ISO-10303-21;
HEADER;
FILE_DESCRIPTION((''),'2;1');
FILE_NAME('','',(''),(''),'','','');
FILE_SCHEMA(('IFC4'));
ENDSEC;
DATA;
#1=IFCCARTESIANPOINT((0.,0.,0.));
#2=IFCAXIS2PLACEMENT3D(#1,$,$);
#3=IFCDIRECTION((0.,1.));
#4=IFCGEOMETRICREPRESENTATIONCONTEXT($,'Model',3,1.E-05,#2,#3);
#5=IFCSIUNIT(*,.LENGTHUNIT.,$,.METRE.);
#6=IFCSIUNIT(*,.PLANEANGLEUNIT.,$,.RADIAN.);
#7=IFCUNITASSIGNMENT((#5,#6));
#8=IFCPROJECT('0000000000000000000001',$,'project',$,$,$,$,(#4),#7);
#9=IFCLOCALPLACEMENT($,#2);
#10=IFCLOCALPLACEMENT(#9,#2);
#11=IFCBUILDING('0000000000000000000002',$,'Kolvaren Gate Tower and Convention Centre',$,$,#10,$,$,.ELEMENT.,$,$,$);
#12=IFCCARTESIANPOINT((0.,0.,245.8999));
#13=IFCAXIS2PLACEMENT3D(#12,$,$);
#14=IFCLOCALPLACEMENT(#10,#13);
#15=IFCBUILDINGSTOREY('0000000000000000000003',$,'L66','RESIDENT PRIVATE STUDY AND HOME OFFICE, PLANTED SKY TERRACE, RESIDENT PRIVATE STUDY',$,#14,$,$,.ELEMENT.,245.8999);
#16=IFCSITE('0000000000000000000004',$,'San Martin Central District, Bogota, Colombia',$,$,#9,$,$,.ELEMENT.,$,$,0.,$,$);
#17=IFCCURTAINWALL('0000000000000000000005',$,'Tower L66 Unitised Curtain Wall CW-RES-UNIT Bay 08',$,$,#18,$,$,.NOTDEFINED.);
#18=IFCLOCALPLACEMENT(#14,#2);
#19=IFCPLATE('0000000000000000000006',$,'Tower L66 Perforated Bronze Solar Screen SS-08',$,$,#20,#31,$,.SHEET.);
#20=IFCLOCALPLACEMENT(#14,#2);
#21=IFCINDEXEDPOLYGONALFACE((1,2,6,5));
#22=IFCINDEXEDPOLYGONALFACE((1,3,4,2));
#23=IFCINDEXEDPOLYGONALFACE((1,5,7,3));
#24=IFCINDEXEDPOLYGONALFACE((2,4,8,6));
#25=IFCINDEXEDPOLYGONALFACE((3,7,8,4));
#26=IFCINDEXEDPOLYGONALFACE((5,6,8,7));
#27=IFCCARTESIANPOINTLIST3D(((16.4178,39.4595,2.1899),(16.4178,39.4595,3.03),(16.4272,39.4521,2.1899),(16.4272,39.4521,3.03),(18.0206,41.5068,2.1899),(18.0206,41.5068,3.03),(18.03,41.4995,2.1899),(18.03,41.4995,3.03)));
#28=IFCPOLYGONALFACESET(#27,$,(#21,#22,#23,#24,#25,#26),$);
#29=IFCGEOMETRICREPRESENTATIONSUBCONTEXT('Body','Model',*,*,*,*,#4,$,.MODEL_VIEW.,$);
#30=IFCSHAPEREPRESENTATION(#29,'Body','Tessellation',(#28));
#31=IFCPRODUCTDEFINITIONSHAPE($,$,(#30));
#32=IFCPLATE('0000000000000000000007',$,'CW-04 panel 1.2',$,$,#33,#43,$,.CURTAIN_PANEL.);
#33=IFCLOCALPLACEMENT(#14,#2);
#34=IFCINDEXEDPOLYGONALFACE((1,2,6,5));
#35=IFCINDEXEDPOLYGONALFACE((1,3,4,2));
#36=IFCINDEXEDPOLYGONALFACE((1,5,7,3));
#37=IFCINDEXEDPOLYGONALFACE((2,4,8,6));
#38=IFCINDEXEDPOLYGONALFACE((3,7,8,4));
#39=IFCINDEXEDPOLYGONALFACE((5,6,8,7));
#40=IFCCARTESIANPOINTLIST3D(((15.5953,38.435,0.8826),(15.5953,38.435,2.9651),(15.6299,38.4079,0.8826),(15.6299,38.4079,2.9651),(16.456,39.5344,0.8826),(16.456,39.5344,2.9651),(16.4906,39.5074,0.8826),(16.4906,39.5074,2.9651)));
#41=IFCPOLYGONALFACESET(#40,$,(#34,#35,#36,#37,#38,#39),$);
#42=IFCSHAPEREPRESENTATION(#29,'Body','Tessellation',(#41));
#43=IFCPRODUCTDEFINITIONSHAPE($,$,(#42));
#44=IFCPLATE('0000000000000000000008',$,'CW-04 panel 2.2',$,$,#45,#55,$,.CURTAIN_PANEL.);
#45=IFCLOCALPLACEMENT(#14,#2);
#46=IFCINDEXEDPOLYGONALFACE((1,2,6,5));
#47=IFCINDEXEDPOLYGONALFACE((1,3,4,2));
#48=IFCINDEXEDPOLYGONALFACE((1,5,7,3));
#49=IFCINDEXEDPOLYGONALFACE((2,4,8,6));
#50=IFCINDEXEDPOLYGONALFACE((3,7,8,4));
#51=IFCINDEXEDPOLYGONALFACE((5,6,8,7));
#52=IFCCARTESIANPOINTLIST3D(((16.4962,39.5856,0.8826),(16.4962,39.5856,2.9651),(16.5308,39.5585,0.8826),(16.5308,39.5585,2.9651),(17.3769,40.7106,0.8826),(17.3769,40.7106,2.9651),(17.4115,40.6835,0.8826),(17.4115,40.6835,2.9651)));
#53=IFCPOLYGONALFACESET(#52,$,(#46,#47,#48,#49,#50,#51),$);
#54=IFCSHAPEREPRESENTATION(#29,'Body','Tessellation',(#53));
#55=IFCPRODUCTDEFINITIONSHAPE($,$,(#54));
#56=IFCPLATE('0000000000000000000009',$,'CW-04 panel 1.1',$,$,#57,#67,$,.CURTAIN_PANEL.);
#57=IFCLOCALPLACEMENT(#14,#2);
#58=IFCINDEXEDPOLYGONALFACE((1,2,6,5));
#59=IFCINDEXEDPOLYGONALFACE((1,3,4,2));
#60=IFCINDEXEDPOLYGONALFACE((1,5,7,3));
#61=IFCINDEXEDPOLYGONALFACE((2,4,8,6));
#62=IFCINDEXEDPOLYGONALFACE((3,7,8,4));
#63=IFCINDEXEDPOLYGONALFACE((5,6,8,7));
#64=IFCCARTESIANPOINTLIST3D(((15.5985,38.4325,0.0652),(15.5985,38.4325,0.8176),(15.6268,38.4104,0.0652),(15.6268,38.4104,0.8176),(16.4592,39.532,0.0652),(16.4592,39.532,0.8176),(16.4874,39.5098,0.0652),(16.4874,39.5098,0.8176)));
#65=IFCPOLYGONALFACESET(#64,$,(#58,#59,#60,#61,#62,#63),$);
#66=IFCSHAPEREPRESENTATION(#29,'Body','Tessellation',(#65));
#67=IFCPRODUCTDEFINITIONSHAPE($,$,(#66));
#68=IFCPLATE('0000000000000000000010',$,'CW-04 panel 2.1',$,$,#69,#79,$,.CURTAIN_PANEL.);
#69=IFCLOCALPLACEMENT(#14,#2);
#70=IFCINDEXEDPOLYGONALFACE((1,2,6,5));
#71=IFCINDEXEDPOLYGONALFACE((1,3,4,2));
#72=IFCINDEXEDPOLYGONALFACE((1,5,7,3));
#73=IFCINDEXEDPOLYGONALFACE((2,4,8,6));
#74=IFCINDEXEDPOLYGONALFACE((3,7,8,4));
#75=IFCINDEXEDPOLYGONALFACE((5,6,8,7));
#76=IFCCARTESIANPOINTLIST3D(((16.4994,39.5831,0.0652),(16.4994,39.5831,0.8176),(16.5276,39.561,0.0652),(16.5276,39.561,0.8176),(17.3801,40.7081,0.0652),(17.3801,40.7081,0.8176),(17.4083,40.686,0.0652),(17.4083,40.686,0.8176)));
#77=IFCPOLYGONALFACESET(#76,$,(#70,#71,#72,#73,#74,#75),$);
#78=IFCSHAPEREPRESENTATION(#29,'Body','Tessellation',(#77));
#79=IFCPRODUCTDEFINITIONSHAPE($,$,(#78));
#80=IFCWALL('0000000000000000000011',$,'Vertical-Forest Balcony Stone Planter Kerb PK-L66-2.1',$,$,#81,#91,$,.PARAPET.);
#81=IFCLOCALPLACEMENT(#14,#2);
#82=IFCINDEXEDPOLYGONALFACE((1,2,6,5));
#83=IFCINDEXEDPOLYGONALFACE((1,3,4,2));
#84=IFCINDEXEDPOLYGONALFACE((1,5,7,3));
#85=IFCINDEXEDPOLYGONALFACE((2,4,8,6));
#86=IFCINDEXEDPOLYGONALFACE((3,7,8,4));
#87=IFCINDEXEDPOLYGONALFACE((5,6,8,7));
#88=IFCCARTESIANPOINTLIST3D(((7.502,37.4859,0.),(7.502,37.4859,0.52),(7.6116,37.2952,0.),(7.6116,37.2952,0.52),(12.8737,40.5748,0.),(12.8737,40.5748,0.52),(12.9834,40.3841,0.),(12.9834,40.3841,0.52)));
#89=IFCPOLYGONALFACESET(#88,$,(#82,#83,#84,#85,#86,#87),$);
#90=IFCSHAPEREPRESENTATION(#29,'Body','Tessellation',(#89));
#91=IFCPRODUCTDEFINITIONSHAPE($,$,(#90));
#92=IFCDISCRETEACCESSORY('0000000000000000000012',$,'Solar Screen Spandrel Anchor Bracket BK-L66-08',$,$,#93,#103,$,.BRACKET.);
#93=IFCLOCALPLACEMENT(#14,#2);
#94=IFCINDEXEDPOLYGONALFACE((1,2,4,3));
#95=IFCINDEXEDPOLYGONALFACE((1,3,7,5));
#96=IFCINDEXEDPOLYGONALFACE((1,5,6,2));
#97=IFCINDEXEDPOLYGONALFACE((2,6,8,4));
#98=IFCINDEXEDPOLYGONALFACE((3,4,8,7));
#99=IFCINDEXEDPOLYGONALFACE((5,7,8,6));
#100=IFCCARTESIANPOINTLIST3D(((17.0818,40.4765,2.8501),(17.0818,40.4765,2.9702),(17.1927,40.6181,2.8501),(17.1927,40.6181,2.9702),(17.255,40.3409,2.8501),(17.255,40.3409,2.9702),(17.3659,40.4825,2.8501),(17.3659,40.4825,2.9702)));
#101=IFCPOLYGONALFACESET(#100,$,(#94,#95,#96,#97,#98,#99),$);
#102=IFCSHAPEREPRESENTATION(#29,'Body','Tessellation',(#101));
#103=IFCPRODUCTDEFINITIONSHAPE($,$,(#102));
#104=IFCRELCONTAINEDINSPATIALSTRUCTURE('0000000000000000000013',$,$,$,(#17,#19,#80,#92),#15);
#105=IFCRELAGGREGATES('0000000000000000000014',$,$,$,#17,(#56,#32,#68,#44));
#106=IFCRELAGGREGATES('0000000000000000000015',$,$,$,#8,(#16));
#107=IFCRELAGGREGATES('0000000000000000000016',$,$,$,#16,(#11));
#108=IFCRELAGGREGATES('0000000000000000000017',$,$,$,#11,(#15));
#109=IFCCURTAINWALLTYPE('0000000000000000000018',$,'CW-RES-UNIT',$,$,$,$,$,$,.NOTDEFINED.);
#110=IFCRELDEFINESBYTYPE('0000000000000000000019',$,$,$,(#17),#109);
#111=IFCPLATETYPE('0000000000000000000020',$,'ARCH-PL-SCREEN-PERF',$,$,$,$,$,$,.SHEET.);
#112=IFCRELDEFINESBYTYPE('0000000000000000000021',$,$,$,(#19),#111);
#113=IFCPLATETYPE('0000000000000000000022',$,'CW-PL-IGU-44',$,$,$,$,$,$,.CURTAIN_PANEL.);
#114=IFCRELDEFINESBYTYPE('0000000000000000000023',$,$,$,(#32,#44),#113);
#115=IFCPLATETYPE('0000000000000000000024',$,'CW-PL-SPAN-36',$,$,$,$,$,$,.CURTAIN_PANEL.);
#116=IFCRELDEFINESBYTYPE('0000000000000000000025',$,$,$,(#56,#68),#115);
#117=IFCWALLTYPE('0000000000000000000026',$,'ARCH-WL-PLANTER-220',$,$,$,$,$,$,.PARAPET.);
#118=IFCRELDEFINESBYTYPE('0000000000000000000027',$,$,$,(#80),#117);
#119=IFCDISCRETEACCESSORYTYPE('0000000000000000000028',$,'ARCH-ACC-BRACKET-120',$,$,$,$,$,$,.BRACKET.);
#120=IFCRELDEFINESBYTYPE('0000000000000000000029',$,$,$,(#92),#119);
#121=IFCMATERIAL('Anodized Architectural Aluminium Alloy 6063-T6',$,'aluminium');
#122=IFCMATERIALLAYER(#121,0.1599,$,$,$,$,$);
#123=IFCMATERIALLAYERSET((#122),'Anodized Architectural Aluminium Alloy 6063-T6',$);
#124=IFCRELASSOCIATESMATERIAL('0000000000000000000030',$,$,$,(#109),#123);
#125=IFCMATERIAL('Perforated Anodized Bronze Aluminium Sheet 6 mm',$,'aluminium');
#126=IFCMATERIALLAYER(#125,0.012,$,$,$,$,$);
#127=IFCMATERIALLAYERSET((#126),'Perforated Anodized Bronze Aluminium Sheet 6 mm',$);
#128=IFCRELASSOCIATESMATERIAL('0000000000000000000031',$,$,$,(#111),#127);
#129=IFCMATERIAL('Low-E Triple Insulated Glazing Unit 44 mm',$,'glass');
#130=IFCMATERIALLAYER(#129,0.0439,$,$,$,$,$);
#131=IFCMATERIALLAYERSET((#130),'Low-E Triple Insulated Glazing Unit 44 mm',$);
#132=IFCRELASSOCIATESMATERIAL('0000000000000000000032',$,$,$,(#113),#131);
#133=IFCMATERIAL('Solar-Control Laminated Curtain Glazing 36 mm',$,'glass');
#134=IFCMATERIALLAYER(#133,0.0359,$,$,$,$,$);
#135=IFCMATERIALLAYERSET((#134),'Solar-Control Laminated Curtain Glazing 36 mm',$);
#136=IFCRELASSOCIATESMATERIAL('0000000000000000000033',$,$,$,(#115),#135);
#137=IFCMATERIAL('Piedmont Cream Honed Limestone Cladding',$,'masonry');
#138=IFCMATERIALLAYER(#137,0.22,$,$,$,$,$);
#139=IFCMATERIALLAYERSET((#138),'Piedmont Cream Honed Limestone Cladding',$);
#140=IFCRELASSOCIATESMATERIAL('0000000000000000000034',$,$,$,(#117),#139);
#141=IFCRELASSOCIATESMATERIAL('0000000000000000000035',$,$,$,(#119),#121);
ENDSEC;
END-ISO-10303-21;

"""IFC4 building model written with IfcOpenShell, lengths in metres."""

from ifc_helpers import new_model, si_unit, direction, frame, frame_2d, origin, origin_2d, place, context, subcontext, project, spatial, rectangle, extrude, material, layer, layer_set, type_object, element, aggregate, save


model = new_model("IFC4")

# Units and contexts
model_context = context("Model", 3, precision=1e-05, world=origin(), true_north=direction((0.0, 1.0)))
body_context = subcontext(model_context, "Body", "Model", "MODEL_VIEW")
ifc_project = project(units=[si_unit("LENGTHUNIT", "METRE"), si_unit("PLANEANGLEUNIT", "RADIAN")], contexts=[model_context])

# Site, building, storey
site_placement = place(None, origin())
site = spatial("IfcSite", under=ifc_project, at=site_placement, Name="San Martin Central District, Bogota, Colombia", CompositionType="ELEMENT", RefElevation=0.0)
building_placement = place(site_placement, origin())
building = spatial("IfcBuilding", under=site, at=building_placement, Name="Kolvaren Gate Tower and Convention Centre", CompositionType="ELEMENT")
storey_placement = place(building_placement, frame((0.0, 0.0, 245.8999)))
storey = spatial("IfcBuildingStorey", under=building, at=storey_placement, Name="L66", Description="RESIDENT PRIVATE STUDY AND HOME OFFICE, PLANTED SKY TERRACE, RESIDENT PRIVATE STUDY", CompositionType="ELEMENT", Elevation=245.8999)

# Curtain wall
ifc_material_1 = material(Name="Anodized Architectural Aluminium Alloy 6063-T6", Category="aluminium")
ifc_layer_1 = layer(ifc_material_1, 0.1599)
ifc_layer_set_1 = layer_set([ifc_layer_1], Name="Anodized Architectural Aluminium Alloy 6063-T6")
curtain_wall_type = type_object("IfcCurtainWallType", Name="CW-RES-UNIT", PredefinedType="NOTDEFINED", material=ifc_layer_set_1)
curtain_wall_placement = place(storey_placement, origin())
curtain_wall = element("IfcCurtainWall", 1, at=curtain_wall_placement, inside=storey, type_object=curtain_wall_type, Name="Tower L66 Unitised Curtain Wall CW-RES-UNIT Bay 08", PredefinedType="NOTDEFINED")

# Plates
ifc_material_2 = material(Name="Perforated Anodized Bronze Aluminium Sheet 6 mm", Category="aluminium")
ifc_layer_2 = layer(ifc_material_2, 0.012)
ifc_layer_set_2 = layer_set([ifc_layer_2], Name="Perforated Anodized Bronze Aluminium Sheet 6 mm")
plate_type_1 = type_object("IfcPlateType", Name="ARCH-PL-SCREEN-PERF", PredefinedType="SHEET", material=ifc_layer_set_2)
plate_1_placement = place(storey_placement, frame((17.2239, 40.4795, 2.1899), z_axis=(0.0, 0.0, 1.0), x_axis=(0.616435, 0.787405, 0.0)))
element("IfcPlate", 2, at=plate_1_placement, inside=storey, type_object=plate_type_1, Name="Tower L66 Perforated Bronze Solar Screen SS-08", PredefinedType="SHEET", context=body_context, shape_type="SweptSolid", body=[
    extrude(rectangle(XDim=2.6001, YDim=0.012, at=origin_2d()), origin(), (0.0, 0.0, 1.0), 0.8401),
])
ifc_material_3 = material(Name="Low-E Triple Insulated Glazing Unit 44 mm", Category="glass")
ifc_layer_3 = layer(ifc_material_3, 0.0439)
ifc_layer_set_3 = layer_set([ifc_layer_3], Name="Low-E Triple Insulated Glazing Unit 44 mm")
plate_type_2 = type_object("IfcPlateType", Name="CW-PL-IGU-44", PredefinedType="CURTAIN_PANEL", material=ifc_layer_set_3)
plate_2_placement = place(storey_placement, frame((16.043, 38.9712, 0.8826), z_axis=(0.0, 0.0, 1.0), x_axis=(0.616425, 0.787414, 0.0)))
plate_2 = element("IfcPlate", 3, at=plate_2_placement, type_object=plate_type_2, Name="CW-04 panel 1.2", PredefinedType="CURTAIN_PANEL", context=body_context, shape_type="SweptSolid", body=[
    extrude(rectangle(XDim=1.3962, YDim=0.0439, at=origin_2d()), origin(), (0.0, 0.0, 1.0), 2.0825),
])
plate_3_placement = place(storey_placement, frame((16.9539, 40.1345, 0.8826), z_axis=(0.0, 0.0, 1.0), x_axis=(0.616425, 0.787414, 0.0)))
plate_3 = element("IfcPlate", 4, at=plate_3_placement, type_object=plate_type_2, Name="CW-04 panel 2.2", PredefinedType="CURTAIN_PANEL", context=body_context, shape_type="SweptSolid", body=[
    extrude(rectangle(XDim=1.4287, YDim=0.0439, at=origin_2d()), origin(), (0.0, 0.0, 1.0), 2.0825),
])
ifc_material_4 = material(Name="Solar-Control Laminated Curtain Glazing 36 mm", Category="glass")
ifc_layer_4 = layer(ifc_material_4, 0.0359)
ifc_layer_set_4 = layer_set([ifc_layer_4], Name="Solar-Control Laminated Curtain Glazing 36 mm")
plate_type_3 = type_object("IfcPlateType", Name="CW-PL-SPAN-36", PredefinedType="CURTAIN_PANEL", material=ifc_layer_set_4)
plate_4_placement = place(storey_placement, frame((16.043, 38.9712, 0.0652), z_axis=(0.0, 0.0, 1.0), x_axis=(0.616425, 0.787414, 0.0)))
plate_4 = element("IfcPlate", 5, at=plate_4_placement, type_object=plate_type_3, Name="CW-04 panel 1.1", PredefinedType="CURTAIN_PANEL", context=body_context, shape_type="SweptSolid", body=[
    extrude(rectangle(XDim=1.3962, YDim=0.0359, at=origin_2d()), origin(), (0.0, 0.0, 1.0), 0.7524),
])
plate_5_placement = place(storey_placement, frame((16.9539, 40.1345, 0.0652), z_axis=(0.0, 0.0, 1.0), x_axis=(0.616425, 0.787414, 0.0)))
plate_5 = element("IfcPlate", 6, at=plate_5_placement, type_object=plate_type_3, Name="CW-04 panel 2.1", PredefinedType="CURTAIN_PANEL", context=body_context, shape_type="SweptSolid", body=[
    extrude(rectangle(XDim=1.4287, YDim=0.0359, at=origin_2d()), origin(), (0.0, 0.0, 1.0), 0.7524),
])
aggregate(curtain_wall, [plate_4, plate_2, plate_5, plate_3])

# Wall
ifc_material_5 = material(Name="Piedmont Cream Honed Limestone Cladding", Category="masonry")
ifc_layer_5 = layer(ifc_material_5, 0.22)
ifc_layer_set_5 = layer_set([ifc_layer_5], Name="Piedmont Cream Honed Limestone Cladding")
wall_type = type_object("IfcWallType", Name="ARCH-WL-PLANTER-220", PredefinedType="PARAPET", material=ifc_layer_set_5)
wall_placement = place(storey_placement, frame((7.5569, 37.3906, 0.0), z_axis=(0.0, 0.0, 1.0), x_axis=(0.866902, 0.498479, 0.0)))
element("IfcWall", 7, at=wall_placement, inside=storey, type_object=wall_type, Name="Vertical-Forest Balcony Stone Planter Kerb PK-L66-2.1", PredefinedType="PARAPET", context=body_context, shape_type="SweptSolid", body=[
    extrude(rectangle(XDim=6.1965, YDim=0.22, at=frame_2d((3.0981, 0.0))), origin(), (0.0, 0.0, 1.0), 0.52),
])

# Discrete accessory
discrete_accessory_type = type_object("IfcDiscreteAccessoryType", Name="ARCH-ACC-BRACKET-120", PredefinedType="BRACKET", material=ifc_material_1)
discrete_accessory_placement = place(storey_placement, frame((17.2239, 40.4795, 2.8501), z_axis=(0.0, 0.0, 1.0), x_axis=(0.616435, 0.787405, 0.0)))
element("IfcDiscreteAccessory", 8, at=discrete_accessory_placement, inside=storey, type_object=discrete_accessory_type, Name="Solar Screen Spandrel Anchor Bracket BK-L66-08", PredefinedType="BRACKET", context=body_context, shape_type="SweptSolid", body=[
    extrude(rectangle(XDim=0.1799, YDim=0.22, at=origin_2d()), origin(), (0.0, 0.0, 1.0), 0.1201),
])

save(model, "model.ifc")
